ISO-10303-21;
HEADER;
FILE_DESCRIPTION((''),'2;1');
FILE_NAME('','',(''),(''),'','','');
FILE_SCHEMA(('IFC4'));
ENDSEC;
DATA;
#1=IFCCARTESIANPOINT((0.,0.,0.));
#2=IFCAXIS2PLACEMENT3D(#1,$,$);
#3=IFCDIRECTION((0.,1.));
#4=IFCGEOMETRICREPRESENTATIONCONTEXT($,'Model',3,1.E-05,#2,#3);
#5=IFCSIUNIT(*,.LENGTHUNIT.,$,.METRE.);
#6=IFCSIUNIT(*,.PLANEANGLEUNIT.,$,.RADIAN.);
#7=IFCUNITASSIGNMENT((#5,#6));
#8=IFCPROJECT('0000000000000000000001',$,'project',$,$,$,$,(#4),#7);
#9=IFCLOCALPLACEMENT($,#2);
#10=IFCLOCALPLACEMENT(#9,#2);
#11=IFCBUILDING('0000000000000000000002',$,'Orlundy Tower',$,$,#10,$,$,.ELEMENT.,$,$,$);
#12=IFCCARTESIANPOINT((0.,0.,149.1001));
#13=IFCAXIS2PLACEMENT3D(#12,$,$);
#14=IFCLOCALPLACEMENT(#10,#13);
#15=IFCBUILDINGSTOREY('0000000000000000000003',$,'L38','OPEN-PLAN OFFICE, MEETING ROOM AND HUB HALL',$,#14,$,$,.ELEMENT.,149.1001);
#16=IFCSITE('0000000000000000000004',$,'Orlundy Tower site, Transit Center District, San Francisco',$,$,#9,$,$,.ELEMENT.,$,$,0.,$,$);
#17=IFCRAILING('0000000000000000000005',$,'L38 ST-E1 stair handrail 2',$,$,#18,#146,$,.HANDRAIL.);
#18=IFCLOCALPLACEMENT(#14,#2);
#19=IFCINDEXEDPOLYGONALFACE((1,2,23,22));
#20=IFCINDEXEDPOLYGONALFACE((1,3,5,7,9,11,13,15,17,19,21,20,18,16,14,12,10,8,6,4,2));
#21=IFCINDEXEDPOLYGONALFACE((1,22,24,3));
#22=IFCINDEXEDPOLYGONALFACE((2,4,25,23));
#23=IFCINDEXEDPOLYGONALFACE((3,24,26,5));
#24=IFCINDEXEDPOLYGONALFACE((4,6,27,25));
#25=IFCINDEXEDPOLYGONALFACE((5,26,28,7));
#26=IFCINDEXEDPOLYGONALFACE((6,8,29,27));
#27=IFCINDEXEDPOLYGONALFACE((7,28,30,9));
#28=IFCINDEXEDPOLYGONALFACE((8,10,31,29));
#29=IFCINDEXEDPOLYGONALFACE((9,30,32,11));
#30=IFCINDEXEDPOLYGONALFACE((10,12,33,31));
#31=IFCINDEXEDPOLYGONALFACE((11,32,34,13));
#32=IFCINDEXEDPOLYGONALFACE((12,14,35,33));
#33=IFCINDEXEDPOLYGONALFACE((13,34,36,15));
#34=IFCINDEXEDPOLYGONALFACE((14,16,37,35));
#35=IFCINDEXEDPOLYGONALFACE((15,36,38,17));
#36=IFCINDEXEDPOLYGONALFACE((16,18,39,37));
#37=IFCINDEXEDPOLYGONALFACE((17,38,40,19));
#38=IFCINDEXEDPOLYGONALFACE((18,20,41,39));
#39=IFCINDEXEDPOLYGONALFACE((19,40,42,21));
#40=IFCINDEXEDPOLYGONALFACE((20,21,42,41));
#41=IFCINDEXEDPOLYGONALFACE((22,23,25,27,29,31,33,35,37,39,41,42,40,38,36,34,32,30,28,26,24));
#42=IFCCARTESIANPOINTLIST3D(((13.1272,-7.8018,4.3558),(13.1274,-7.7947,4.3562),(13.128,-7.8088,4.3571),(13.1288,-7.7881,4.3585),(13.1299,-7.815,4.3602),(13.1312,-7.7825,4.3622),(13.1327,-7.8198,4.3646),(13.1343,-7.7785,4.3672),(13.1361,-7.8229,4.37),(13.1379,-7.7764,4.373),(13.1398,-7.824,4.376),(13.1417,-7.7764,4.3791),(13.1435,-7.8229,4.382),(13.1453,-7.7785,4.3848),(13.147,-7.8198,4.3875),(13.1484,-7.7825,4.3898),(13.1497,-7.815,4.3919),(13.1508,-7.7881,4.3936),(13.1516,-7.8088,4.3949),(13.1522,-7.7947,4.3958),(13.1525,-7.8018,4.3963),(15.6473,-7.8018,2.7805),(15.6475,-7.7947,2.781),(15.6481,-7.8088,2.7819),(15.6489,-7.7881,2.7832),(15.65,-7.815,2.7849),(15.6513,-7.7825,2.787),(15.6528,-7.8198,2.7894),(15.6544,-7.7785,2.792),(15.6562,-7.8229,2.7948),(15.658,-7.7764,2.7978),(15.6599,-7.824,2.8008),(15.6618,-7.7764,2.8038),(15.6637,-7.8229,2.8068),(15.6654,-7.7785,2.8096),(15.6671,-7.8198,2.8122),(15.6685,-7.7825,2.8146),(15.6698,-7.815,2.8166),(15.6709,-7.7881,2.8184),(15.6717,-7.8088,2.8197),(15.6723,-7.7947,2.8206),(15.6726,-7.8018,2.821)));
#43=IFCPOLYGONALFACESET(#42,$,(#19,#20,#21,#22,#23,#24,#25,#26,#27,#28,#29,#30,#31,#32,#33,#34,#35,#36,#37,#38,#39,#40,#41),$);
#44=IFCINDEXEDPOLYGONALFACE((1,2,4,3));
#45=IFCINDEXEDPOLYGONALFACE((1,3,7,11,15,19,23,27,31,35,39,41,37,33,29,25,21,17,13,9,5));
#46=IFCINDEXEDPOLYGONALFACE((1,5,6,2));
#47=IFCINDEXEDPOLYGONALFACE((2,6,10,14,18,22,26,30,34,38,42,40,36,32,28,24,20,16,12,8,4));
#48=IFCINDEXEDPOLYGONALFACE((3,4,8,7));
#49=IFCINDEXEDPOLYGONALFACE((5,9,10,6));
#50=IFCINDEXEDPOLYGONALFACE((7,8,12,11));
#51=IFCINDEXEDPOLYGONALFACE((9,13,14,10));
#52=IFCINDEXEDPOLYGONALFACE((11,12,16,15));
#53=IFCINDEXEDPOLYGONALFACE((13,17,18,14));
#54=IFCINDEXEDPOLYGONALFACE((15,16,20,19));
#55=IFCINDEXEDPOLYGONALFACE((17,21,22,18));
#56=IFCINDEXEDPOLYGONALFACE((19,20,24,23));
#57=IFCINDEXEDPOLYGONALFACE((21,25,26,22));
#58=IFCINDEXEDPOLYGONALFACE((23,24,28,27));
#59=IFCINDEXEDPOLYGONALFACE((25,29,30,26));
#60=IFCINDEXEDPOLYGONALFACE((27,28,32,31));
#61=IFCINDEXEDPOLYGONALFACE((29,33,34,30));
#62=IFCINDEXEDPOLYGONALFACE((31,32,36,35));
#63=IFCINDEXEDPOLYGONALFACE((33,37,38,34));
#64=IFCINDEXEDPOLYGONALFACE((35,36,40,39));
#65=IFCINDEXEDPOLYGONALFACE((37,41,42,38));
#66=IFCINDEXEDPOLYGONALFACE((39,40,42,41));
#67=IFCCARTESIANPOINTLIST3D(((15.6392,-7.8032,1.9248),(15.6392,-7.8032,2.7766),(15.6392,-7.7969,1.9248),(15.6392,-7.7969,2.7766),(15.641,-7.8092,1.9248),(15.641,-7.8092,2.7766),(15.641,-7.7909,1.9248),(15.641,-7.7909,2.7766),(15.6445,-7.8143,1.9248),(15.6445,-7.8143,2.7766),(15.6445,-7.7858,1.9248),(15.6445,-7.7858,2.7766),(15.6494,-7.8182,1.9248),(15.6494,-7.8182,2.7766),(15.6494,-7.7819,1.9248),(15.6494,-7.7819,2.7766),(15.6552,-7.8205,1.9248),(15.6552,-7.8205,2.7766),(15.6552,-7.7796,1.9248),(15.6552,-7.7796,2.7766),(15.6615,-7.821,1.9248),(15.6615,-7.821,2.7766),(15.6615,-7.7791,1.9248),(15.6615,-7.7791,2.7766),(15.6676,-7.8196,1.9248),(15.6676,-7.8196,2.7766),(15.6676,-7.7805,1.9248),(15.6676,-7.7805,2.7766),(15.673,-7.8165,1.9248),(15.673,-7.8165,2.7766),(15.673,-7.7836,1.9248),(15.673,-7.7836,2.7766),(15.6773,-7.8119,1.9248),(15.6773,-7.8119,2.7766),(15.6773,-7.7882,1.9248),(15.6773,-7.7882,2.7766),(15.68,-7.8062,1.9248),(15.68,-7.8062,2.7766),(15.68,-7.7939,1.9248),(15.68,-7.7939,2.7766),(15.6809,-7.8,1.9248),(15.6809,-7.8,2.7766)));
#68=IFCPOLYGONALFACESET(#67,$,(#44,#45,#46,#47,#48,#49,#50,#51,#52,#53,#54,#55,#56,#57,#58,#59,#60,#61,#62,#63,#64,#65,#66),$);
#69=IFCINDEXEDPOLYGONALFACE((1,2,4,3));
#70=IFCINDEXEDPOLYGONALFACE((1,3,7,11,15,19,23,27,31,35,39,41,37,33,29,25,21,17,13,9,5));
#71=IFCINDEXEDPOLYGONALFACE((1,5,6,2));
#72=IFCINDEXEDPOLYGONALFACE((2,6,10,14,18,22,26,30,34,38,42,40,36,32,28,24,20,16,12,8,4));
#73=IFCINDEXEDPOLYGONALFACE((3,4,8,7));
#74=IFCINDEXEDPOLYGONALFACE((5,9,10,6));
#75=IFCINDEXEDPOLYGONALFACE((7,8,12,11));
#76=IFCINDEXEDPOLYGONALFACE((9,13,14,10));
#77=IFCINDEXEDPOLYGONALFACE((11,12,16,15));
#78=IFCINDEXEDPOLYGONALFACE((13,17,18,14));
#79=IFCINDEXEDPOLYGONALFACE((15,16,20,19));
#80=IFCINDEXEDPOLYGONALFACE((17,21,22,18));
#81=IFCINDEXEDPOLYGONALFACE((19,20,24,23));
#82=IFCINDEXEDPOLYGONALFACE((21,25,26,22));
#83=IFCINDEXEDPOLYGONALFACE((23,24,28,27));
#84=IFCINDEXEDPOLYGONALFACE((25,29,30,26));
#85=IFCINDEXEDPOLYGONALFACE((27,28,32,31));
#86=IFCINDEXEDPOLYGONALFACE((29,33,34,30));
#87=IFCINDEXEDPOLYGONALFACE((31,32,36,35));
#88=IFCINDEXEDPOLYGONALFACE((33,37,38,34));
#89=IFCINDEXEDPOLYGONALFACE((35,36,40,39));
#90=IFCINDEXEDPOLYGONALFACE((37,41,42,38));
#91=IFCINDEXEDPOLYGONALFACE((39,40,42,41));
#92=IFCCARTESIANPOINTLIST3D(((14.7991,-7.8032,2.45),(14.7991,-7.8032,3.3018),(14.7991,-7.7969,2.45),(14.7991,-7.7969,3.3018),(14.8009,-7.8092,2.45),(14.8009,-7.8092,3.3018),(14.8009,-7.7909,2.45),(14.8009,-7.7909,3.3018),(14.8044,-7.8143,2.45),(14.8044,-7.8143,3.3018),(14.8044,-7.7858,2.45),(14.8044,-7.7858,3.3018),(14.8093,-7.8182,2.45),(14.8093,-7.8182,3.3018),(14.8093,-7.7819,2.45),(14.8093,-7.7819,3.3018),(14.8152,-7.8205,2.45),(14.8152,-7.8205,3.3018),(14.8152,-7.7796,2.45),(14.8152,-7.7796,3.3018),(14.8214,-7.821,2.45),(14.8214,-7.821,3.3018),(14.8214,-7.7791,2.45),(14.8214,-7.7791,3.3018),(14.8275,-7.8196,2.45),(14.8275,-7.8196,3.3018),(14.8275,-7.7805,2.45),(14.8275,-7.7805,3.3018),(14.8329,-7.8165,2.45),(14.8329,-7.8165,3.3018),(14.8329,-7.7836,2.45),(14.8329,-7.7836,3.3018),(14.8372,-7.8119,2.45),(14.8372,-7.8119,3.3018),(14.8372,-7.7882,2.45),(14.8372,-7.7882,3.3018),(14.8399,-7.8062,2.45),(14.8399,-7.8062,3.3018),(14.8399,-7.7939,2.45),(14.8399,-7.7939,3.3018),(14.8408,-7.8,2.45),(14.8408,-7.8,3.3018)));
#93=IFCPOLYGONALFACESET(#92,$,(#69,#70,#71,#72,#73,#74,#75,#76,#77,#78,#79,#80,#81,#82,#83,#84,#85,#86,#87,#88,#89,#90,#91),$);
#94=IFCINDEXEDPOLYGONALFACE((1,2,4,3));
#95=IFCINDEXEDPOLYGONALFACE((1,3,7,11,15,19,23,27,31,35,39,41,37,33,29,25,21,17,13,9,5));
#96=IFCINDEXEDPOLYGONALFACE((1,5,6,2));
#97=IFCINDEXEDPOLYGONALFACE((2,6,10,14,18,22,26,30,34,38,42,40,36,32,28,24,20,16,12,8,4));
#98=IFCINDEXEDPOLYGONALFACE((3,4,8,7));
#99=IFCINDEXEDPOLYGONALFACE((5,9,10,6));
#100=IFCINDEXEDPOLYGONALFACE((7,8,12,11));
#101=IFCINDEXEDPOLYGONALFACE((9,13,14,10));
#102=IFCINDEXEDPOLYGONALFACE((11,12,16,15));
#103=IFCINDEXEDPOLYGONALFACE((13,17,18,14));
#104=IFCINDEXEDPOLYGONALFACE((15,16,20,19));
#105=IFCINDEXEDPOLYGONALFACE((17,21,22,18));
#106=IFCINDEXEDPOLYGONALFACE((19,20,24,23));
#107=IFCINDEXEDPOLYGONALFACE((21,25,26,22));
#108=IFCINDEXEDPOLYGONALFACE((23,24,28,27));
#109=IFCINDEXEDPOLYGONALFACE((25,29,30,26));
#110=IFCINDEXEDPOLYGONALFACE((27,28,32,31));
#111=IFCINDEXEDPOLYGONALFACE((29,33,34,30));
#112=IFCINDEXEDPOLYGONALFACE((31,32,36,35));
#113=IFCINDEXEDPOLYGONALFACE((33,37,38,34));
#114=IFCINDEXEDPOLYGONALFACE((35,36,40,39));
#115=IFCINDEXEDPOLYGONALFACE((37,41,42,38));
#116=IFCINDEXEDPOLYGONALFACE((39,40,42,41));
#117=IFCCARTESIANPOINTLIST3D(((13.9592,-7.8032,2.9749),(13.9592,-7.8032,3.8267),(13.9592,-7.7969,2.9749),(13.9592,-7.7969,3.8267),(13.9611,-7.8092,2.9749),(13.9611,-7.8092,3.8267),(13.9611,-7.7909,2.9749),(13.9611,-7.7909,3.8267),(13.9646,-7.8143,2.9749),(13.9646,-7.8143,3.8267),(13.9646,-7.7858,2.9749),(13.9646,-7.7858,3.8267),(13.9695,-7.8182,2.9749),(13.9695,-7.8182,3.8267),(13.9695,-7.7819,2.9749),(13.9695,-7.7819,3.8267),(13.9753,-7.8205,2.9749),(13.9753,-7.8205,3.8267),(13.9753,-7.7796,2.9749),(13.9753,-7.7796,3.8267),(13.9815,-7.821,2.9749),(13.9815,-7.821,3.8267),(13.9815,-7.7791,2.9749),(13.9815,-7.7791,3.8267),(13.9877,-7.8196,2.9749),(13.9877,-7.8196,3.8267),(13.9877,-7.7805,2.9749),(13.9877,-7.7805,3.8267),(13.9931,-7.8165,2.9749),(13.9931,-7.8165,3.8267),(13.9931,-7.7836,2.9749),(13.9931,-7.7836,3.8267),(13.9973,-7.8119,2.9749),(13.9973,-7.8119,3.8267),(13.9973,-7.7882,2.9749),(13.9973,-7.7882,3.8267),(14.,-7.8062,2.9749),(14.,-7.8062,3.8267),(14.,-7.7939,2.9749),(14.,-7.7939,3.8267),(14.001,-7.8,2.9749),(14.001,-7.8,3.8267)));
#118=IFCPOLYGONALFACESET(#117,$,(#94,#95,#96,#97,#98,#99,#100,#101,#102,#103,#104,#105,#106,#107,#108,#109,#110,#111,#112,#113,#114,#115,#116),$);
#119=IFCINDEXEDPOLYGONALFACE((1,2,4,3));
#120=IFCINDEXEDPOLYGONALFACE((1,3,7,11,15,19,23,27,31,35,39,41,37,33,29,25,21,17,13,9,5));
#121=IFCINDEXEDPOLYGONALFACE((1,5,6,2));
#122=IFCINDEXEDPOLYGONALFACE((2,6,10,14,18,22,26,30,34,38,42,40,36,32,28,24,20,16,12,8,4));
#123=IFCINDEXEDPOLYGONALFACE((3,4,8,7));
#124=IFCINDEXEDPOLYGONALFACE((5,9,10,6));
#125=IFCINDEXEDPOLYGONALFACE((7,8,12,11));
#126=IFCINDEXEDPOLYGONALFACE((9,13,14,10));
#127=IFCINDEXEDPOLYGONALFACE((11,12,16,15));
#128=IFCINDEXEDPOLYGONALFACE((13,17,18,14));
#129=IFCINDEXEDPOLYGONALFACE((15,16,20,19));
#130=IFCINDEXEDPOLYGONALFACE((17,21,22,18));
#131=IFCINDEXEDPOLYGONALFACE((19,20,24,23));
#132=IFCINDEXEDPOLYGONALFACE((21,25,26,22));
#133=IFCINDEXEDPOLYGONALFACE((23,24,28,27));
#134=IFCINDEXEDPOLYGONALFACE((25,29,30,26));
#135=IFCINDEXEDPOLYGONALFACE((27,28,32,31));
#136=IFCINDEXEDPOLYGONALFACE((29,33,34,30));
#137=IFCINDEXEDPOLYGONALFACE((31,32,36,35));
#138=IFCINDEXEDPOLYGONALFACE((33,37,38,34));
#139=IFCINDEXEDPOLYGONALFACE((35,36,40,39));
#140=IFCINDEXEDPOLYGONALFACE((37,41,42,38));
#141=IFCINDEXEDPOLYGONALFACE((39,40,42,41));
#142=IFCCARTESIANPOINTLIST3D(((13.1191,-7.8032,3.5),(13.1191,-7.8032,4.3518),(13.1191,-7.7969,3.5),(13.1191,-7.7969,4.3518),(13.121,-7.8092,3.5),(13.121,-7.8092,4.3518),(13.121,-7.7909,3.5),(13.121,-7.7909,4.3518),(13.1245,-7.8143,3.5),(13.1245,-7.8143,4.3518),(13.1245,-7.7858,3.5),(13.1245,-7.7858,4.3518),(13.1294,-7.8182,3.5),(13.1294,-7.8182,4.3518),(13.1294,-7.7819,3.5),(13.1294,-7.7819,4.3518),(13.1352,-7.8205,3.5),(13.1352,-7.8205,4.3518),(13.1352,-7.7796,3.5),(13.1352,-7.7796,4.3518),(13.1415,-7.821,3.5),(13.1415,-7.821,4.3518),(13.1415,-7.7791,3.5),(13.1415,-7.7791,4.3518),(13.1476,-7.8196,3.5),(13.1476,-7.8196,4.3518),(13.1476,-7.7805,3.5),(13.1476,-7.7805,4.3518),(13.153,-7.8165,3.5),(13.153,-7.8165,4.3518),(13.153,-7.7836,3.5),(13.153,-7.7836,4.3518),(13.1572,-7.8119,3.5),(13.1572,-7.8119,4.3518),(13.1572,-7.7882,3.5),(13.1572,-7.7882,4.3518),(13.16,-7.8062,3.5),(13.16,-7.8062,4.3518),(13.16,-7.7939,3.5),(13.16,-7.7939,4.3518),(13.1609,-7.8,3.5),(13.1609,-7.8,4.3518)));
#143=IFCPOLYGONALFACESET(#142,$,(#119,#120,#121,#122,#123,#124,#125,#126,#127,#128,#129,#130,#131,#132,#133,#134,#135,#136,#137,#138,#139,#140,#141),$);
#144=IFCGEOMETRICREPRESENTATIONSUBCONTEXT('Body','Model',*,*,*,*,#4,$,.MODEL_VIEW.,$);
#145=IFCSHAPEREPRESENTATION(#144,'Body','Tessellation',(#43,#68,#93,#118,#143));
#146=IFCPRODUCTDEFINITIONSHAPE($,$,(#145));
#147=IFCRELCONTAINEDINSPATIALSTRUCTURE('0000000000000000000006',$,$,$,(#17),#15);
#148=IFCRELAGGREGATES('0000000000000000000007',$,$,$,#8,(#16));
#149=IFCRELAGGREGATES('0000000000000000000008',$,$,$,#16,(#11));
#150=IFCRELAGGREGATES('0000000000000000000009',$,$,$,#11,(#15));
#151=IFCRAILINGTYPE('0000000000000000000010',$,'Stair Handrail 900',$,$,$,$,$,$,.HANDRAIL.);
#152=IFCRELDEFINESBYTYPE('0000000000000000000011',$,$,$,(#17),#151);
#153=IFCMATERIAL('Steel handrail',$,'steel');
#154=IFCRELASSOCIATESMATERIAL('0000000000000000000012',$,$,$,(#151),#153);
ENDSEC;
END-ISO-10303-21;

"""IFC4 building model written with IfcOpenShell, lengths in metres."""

from ifc_helpers import new_model, si_unit, direction, frame, origin, origin_2d, place, context, subcontext, project, spatial, circle, extrude, material, type_object, element, save


model = new_model("IFC4")

# Units and contexts
model_context = context("Model", 3, precision=1e-05, world=origin(), true_north=direction((0.0, 1.0)))
body_context = subcontext(model_context, "Body", "Model", "MODEL_VIEW")
ifc_project = project(units=[si_unit("LENGTHUNIT", "METRE"), si_unit("PLANEANGLEUNIT", "RADIAN")], contexts=[model_context])

# Site, building, storey
site_placement = place(None, origin())
site = spatial("IfcSite", under=ifc_project, at=site_placement, Name="Orlundy Tower site, Transit Center District, San Francisco", CompositionType="ELEMENT", RefElevation=0.0)
building_placement = place(site_placement, origin())
building = spatial("IfcBuilding", under=site, at=building_placement, Name="Orlundy Tower", CompositionType="ELEMENT")
storey_placement = place(building_placement, frame((0.0, 0.0, 149.1001)))
storey = spatial("IfcBuildingStorey", under=building, at=storey_placement, Name="L38", Description="OPEN-PLAN OFFICE, MEETING ROOM AND HUB HALL", CompositionType="ELEMENT", Elevation=149.1001)

# Railing
ifc_material_1 = material(Name="Steel handrail", Category="steel")
railing_type_1 = type_object("IfcRailingType", Name="Stair Handrail 900", PredefinedType="HANDRAIL", material=ifc_material_1)
railing_1_placement = place(storey_placement, frame((15.6599, -7.8, 1.9248)))
element("IfcRailing", 1, at=railing_1_placement, inside=storey, type_object=railing_type_1, Name="L38 ST-E1 stair handrail 2", PredefinedType="HANDRAIL", context=body_context, shape_type="SweptSolid", body=[
    extrude(circle(Radius=0.0239, at=origin_2d()), frame((0.0, 0.0, 0.876), z_axis=(-0.847971, 0.0, 0.530043), x_axis=(0.0, -1.0, 0.0)), (0.0, 0.0, 1.0), 2.9719),
    extrude(circle(Radius=0.021, at=origin_2d()), origin(), (0.0, 0.0, 1.0), 0.8518),
    extrude(circle(Radius=0.021, at=origin_2d()), frame((-0.8401, 0.0, 0.5251)), (0.0, 0.0, 1.0), 0.8518),
    extrude(circle(Radius=0.021, at=origin_2d()), frame((-1.6799, 0.0, 1.05)), (0.0, 0.0, 1.0), 0.8518),
    extrude(circle(Radius=0.021, at=origin_2d()), frame((-2.52, 0.0, 1.5752)), (0.0, 0.0, 1.0), 0.8518),
])

save(model, "model.ifc")
